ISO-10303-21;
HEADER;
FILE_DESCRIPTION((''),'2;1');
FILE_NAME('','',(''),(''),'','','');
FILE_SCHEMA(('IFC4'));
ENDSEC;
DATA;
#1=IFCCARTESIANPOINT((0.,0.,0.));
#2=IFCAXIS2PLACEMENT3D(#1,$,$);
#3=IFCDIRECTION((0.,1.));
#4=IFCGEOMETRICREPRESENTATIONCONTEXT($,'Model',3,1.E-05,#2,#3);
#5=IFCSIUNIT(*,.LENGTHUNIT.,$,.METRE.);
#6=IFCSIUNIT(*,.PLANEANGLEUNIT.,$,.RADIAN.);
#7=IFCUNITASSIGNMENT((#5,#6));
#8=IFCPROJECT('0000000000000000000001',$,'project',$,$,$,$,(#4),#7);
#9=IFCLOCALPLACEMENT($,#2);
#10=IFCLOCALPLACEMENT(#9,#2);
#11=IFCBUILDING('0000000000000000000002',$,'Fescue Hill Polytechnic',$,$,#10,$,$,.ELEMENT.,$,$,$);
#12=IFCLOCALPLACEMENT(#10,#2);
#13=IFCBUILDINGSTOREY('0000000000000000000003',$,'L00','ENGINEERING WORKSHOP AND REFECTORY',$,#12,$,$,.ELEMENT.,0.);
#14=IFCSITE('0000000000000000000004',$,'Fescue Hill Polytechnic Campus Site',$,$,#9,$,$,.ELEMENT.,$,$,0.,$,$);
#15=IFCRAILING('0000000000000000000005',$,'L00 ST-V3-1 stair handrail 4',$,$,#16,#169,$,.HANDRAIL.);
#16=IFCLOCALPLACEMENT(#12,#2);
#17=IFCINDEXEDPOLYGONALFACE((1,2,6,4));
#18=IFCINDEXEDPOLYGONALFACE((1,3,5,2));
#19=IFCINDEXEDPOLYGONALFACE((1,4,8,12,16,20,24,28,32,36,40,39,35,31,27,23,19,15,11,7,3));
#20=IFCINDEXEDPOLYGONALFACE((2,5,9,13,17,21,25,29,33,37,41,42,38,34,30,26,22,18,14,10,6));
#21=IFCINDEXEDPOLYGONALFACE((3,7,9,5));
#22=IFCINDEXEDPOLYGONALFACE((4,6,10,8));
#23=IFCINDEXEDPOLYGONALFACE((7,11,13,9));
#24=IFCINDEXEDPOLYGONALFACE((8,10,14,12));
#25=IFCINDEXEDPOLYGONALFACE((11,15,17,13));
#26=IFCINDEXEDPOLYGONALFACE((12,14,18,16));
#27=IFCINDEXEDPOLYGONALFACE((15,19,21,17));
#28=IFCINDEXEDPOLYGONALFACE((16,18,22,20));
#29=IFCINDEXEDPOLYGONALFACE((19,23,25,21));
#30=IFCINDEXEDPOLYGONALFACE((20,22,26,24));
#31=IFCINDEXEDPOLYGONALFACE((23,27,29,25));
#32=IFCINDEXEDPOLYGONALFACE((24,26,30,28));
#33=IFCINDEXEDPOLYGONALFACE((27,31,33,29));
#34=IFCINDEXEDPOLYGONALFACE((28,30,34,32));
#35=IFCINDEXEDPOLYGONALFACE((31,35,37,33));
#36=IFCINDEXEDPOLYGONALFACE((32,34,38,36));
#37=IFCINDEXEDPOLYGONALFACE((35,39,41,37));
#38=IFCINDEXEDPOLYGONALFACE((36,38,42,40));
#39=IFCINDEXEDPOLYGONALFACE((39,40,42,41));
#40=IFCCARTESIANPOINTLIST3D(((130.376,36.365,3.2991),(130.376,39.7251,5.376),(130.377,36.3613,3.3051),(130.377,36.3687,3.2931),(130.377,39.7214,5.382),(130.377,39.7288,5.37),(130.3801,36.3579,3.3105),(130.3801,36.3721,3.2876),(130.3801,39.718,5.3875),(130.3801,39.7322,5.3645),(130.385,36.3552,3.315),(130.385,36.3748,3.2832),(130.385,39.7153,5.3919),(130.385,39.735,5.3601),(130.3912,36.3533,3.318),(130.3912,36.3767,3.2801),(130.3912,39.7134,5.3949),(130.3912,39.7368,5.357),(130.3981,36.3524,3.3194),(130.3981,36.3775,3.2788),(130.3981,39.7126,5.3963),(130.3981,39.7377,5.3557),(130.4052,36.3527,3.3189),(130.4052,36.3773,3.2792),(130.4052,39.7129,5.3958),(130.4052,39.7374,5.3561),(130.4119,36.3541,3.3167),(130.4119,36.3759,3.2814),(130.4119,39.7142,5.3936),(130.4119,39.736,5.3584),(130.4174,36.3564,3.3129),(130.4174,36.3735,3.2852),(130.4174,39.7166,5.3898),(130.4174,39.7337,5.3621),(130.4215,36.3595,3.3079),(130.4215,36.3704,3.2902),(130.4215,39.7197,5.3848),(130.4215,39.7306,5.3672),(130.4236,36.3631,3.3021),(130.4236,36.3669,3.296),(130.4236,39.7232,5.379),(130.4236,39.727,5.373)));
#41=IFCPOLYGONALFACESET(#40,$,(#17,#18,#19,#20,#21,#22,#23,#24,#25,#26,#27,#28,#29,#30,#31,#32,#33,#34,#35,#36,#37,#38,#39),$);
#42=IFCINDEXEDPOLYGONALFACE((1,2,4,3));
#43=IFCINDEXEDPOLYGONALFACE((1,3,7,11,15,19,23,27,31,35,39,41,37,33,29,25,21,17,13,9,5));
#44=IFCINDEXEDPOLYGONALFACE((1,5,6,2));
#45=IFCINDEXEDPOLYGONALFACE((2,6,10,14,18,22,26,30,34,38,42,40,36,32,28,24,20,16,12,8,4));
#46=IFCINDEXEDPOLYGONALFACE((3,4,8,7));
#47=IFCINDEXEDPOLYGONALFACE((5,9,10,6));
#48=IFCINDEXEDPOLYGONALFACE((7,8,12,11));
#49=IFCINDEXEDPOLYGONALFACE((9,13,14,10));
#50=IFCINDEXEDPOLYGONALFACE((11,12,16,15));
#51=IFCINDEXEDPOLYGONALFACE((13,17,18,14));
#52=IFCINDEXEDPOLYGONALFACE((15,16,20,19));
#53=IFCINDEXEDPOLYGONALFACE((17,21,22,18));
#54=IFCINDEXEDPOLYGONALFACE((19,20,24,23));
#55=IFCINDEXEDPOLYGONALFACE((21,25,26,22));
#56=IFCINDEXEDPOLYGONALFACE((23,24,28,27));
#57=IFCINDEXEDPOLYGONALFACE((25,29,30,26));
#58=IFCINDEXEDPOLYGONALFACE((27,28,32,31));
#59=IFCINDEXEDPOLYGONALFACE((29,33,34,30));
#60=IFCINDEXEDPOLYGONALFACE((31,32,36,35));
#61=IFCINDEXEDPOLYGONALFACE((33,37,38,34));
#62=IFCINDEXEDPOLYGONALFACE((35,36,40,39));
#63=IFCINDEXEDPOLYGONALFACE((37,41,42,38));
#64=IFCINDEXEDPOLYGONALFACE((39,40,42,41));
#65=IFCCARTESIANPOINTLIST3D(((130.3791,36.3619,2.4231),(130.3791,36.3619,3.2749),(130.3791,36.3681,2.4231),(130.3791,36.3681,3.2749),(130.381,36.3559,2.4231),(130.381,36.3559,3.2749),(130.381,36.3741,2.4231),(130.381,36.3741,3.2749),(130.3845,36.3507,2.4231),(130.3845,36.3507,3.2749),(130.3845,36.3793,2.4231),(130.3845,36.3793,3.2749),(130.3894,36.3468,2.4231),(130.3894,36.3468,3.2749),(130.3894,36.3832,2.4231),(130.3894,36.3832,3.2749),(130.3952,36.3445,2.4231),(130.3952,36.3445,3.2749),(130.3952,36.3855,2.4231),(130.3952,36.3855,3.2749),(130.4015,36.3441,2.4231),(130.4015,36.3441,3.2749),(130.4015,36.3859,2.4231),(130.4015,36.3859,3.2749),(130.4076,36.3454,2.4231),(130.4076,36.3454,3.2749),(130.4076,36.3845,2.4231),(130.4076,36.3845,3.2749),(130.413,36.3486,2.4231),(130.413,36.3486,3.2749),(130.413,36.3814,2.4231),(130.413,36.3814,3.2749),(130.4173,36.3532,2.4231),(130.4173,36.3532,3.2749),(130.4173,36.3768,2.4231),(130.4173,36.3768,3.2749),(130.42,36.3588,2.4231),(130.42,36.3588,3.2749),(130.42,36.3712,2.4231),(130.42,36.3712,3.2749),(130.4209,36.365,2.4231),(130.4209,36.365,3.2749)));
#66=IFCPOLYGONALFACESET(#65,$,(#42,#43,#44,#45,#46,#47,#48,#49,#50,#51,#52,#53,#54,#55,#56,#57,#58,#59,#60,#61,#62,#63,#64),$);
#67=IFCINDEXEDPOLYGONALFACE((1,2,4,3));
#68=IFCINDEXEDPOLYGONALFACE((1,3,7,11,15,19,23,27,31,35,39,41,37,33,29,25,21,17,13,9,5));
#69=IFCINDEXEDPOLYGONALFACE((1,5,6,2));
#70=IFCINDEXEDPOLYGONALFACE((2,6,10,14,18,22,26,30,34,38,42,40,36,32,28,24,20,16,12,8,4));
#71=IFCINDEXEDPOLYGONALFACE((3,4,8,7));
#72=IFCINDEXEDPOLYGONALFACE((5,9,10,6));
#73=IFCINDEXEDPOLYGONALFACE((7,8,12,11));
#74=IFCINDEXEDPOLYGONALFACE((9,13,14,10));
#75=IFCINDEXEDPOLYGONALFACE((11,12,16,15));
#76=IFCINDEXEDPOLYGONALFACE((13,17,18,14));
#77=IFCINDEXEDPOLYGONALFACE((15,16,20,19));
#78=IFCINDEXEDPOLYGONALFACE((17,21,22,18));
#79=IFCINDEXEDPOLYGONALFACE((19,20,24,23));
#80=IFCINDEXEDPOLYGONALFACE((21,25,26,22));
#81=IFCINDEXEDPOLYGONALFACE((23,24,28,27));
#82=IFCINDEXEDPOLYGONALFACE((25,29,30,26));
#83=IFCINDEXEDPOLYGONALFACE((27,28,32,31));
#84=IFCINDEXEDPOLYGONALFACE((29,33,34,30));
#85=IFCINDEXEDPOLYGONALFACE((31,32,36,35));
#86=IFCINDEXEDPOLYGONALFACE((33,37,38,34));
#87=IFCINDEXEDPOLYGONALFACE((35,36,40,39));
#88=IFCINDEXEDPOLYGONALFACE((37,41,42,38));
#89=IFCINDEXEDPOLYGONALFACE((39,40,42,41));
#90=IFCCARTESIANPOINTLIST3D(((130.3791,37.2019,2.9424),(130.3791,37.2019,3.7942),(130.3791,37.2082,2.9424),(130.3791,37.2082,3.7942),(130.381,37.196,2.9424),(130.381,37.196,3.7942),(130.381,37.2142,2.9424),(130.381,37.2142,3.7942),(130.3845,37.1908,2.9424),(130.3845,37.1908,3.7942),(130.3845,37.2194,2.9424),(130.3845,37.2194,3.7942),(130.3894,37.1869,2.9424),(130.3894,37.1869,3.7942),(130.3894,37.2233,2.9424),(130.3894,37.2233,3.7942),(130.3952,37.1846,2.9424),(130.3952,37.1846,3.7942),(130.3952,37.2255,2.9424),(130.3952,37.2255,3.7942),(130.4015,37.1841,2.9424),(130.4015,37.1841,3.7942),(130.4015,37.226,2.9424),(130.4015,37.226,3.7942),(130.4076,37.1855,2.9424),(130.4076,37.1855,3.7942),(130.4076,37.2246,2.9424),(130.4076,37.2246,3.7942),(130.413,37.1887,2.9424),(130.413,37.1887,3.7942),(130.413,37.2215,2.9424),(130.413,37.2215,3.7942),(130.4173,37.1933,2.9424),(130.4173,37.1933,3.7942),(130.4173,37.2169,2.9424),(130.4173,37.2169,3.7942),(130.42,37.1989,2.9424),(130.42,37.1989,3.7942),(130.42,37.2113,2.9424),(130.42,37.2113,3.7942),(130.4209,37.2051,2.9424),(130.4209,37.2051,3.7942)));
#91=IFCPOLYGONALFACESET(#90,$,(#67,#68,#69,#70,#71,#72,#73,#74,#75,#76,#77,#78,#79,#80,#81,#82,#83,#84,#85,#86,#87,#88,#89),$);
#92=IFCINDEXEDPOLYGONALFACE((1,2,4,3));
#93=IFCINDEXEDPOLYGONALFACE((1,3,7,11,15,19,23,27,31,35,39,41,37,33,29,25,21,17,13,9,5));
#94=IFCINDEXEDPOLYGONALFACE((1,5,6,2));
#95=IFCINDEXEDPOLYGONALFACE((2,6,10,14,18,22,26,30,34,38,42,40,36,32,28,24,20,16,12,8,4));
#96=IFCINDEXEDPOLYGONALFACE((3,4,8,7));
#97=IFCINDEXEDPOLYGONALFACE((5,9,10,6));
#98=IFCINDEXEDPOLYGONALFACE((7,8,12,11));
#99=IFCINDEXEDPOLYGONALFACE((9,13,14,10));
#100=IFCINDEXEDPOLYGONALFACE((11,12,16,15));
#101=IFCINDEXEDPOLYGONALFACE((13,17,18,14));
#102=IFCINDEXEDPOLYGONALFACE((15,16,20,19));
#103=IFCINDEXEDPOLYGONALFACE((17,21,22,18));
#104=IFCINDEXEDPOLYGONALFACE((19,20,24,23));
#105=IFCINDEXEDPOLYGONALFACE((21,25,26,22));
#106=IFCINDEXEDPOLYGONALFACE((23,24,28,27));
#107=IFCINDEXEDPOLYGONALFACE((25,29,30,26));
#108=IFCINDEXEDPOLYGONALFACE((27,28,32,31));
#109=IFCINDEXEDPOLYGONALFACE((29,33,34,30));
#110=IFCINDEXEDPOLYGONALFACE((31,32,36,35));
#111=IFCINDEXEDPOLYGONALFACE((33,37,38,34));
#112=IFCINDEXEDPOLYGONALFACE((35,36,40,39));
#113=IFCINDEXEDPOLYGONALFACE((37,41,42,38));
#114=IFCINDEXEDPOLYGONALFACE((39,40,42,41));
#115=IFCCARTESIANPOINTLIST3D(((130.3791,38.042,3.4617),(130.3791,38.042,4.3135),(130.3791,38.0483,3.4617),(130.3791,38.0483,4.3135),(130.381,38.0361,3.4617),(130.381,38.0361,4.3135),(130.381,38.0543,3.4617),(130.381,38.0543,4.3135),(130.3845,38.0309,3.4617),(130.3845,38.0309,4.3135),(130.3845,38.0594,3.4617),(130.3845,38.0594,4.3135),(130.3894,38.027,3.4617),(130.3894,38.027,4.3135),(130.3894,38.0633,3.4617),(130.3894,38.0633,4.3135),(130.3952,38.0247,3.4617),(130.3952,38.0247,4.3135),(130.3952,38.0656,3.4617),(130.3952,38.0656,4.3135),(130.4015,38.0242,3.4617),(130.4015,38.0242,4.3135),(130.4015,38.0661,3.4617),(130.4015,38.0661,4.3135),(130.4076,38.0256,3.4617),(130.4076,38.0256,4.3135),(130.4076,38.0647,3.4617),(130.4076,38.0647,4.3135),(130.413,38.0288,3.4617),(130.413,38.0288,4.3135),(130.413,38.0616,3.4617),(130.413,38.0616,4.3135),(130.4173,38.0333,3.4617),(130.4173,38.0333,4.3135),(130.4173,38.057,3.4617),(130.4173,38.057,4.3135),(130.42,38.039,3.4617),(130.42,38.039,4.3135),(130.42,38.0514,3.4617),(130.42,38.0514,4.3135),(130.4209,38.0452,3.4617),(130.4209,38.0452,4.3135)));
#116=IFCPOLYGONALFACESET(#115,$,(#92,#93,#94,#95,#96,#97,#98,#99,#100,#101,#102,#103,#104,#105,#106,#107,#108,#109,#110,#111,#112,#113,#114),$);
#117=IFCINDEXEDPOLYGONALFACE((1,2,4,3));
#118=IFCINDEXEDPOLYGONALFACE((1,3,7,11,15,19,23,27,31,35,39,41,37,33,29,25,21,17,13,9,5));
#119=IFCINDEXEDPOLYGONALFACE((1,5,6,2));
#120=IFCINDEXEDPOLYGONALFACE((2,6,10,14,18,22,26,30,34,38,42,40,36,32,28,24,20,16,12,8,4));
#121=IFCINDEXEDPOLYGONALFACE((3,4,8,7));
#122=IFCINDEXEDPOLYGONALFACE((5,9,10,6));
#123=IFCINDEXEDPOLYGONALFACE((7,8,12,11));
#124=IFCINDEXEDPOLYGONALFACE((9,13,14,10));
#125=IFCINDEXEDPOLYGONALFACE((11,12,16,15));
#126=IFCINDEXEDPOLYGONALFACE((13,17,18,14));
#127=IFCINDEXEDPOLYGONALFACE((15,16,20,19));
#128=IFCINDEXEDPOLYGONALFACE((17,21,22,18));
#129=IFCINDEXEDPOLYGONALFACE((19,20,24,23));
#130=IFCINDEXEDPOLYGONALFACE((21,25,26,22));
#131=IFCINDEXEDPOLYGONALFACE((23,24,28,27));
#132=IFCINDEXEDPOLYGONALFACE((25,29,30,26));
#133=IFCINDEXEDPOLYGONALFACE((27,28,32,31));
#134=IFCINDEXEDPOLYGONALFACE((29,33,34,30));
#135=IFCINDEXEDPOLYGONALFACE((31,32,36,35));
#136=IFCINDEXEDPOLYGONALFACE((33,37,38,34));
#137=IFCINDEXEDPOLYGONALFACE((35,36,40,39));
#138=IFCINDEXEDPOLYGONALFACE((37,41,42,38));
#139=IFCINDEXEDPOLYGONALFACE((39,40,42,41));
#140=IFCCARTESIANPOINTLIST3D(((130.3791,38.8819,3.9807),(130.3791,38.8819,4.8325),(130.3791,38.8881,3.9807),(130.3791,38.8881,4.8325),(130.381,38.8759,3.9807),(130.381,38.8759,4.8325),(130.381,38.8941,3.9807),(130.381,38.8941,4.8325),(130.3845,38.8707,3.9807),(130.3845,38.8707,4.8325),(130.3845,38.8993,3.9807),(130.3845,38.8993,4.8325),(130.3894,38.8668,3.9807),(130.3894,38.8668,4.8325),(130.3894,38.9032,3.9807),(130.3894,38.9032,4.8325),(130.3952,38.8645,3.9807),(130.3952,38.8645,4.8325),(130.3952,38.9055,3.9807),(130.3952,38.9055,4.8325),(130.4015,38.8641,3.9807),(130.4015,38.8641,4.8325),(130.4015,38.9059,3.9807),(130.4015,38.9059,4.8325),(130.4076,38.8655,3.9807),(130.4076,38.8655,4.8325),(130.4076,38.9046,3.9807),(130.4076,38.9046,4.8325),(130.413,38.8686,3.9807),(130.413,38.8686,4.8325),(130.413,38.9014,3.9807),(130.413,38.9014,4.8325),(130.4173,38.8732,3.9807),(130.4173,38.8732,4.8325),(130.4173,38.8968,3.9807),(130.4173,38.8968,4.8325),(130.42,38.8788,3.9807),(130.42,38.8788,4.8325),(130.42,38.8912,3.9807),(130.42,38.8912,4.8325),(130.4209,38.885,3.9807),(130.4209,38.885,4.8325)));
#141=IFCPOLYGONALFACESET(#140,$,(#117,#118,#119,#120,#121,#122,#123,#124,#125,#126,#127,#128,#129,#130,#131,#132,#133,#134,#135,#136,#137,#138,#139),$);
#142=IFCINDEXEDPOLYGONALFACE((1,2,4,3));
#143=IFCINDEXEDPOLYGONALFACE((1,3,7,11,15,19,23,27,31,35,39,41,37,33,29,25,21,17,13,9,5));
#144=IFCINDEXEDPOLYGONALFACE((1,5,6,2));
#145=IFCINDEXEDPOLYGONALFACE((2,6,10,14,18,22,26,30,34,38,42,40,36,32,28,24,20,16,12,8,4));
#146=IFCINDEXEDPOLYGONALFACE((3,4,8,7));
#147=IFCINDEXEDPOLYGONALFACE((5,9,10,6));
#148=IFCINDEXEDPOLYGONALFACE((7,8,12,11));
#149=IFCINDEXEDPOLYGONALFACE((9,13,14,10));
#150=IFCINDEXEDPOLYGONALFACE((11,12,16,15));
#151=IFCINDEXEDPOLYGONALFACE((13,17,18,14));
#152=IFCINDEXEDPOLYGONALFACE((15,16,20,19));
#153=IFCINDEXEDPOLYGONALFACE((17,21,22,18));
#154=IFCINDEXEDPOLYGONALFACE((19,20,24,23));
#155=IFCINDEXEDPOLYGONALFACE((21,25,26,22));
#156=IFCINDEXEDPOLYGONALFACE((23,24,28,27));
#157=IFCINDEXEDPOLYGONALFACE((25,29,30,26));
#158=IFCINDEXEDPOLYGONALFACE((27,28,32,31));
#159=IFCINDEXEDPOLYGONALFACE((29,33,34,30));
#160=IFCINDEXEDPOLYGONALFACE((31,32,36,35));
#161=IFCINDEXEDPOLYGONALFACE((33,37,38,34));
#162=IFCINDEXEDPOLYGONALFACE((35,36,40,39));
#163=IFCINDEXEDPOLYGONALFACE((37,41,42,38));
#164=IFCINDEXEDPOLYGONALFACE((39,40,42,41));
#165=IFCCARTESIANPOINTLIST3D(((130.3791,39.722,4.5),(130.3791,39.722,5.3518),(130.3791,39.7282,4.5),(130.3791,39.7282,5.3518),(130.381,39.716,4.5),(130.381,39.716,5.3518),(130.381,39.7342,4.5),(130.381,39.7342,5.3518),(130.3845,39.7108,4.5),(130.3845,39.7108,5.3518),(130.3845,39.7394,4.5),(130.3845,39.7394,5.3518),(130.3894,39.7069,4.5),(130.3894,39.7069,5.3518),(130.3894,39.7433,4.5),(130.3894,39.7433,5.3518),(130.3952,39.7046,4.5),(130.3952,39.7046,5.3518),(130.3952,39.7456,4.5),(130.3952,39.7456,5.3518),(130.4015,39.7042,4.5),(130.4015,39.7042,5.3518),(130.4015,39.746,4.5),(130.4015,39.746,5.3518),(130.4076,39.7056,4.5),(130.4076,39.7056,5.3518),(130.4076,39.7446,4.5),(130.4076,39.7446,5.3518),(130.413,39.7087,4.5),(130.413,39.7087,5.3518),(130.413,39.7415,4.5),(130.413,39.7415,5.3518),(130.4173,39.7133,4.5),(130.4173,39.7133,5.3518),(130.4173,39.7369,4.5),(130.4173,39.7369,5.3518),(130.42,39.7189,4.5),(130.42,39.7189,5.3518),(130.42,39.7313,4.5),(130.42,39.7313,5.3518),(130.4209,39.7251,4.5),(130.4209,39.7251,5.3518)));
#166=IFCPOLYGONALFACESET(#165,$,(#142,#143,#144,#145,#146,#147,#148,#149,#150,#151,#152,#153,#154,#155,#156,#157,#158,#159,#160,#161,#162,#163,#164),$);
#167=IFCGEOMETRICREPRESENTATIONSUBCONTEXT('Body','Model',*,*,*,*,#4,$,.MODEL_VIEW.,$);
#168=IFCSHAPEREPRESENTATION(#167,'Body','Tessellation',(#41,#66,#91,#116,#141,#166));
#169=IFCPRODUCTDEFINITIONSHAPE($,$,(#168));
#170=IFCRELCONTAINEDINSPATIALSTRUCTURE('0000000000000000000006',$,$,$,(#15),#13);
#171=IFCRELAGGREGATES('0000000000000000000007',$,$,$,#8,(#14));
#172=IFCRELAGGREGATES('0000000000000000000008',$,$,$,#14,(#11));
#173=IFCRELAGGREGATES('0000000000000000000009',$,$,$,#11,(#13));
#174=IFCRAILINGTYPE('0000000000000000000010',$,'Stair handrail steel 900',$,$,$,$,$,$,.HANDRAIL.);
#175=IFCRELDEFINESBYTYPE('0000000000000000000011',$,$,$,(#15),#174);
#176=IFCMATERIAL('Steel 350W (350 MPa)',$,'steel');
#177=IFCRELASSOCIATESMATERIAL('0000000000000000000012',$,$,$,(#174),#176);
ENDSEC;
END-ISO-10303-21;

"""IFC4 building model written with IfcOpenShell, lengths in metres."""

from ifc_helpers import new_model, si_unit, direction, frame, origin, origin_2d, place, context, subcontext, project, spatial, circle, extrude, material, type_object, element, save


model = new_model("IFC4")

# Units and contexts
model_context = context("Model", 3, precision=1e-05, world=origin(), true_north=direction((0.0, 1.0)))
body_context = subcontext(model_context, "Body", "Model", "MODEL_VIEW")
ifc_project = project(units=[si_unit("LENGTHUNIT", "METRE"), si_unit("PLANEANGLEUNIT", "RADIAN")], contexts=[model_context])

# Site, building, storey
site_placement = place(None, origin())
site = spatial("IfcSite", under=ifc_project, at=site_placement, Name="Fescue Hill Polytechnic Campus Site", CompositionType="ELEMENT", RefElevation=0.0)
building_placement = place(site_placement, origin())
building = spatial("IfcBuilding", under=site, at=building_placement, Name="Fescue Hill Polytechnic", CompositionType="ELEMENT")
storey_placement = place(building_placement, origin())
storey = spatial("IfcBuildingStorey", under=building, at=storey_placement, Name="L00", Description="ENGINEERING WORKSHOP AND REFECTORY", CompositionType="ELEMENT", Elevation=0.0)

# Railing
ifc_material_1 = material(Name="Steel 350W (350 MPa)", Category="steel")
railing_type_1 = type_object("IfcRailingType", Name="Stair handrail steel 900", PredefinedType="HANDRAIL", material=ifc_material_1)
railing_1_placement = place(storey_placement, frame((130.3999, 36.365, 2.4231)))
element("IfcRailing", 1, at=railing_1_placement, inside=storey, type_object=railing_type_1, Name="L00 ST-V3-1 stair handrail 4", PredefinedType="HANDRAIL", context=body_context, shape_type="SweptSolid", body=[
    extrude(circle(Radius=0.0239, at=origin_2d()), frame((0.0, 0.0, 0.876), z_axis=(0.0, 0.850623, 0.525776), x_axis=(-1.0, 0.0, 0.0)), (0.0, 0.0, 1.0), 3.9502),
    extrude(circle(Radius=0.021, at=origin_2d()), origin(), (0.0, 0.0, 1.0), 0.8518),
    extrude(circle(Radius=0.021, at=origin_2d()), frame((0.0, 0.8401, 0.5193)), (0.0, 0.0, 1.0), 0.8518),
    extrude(circle(Radius=0.021, at=origin_2d()), frame((0.0, 1.6802, 1.0386)), (0.0, 0.0, 1.0), 0.8518),
    extrude(circle(Radius=0.021, at=origin_2d()), frame((0.0, 2.52, 1.5576)), (0.0, 0.0, 1.0), 0.8518),
    extrude(circle(Radius=0.021, at=origin_2d()), frame((0.0, 3.3601, 2.0769)), (0.0, 0.0, 1.0), 0.8518),
])

save(model, "model.ifc")
